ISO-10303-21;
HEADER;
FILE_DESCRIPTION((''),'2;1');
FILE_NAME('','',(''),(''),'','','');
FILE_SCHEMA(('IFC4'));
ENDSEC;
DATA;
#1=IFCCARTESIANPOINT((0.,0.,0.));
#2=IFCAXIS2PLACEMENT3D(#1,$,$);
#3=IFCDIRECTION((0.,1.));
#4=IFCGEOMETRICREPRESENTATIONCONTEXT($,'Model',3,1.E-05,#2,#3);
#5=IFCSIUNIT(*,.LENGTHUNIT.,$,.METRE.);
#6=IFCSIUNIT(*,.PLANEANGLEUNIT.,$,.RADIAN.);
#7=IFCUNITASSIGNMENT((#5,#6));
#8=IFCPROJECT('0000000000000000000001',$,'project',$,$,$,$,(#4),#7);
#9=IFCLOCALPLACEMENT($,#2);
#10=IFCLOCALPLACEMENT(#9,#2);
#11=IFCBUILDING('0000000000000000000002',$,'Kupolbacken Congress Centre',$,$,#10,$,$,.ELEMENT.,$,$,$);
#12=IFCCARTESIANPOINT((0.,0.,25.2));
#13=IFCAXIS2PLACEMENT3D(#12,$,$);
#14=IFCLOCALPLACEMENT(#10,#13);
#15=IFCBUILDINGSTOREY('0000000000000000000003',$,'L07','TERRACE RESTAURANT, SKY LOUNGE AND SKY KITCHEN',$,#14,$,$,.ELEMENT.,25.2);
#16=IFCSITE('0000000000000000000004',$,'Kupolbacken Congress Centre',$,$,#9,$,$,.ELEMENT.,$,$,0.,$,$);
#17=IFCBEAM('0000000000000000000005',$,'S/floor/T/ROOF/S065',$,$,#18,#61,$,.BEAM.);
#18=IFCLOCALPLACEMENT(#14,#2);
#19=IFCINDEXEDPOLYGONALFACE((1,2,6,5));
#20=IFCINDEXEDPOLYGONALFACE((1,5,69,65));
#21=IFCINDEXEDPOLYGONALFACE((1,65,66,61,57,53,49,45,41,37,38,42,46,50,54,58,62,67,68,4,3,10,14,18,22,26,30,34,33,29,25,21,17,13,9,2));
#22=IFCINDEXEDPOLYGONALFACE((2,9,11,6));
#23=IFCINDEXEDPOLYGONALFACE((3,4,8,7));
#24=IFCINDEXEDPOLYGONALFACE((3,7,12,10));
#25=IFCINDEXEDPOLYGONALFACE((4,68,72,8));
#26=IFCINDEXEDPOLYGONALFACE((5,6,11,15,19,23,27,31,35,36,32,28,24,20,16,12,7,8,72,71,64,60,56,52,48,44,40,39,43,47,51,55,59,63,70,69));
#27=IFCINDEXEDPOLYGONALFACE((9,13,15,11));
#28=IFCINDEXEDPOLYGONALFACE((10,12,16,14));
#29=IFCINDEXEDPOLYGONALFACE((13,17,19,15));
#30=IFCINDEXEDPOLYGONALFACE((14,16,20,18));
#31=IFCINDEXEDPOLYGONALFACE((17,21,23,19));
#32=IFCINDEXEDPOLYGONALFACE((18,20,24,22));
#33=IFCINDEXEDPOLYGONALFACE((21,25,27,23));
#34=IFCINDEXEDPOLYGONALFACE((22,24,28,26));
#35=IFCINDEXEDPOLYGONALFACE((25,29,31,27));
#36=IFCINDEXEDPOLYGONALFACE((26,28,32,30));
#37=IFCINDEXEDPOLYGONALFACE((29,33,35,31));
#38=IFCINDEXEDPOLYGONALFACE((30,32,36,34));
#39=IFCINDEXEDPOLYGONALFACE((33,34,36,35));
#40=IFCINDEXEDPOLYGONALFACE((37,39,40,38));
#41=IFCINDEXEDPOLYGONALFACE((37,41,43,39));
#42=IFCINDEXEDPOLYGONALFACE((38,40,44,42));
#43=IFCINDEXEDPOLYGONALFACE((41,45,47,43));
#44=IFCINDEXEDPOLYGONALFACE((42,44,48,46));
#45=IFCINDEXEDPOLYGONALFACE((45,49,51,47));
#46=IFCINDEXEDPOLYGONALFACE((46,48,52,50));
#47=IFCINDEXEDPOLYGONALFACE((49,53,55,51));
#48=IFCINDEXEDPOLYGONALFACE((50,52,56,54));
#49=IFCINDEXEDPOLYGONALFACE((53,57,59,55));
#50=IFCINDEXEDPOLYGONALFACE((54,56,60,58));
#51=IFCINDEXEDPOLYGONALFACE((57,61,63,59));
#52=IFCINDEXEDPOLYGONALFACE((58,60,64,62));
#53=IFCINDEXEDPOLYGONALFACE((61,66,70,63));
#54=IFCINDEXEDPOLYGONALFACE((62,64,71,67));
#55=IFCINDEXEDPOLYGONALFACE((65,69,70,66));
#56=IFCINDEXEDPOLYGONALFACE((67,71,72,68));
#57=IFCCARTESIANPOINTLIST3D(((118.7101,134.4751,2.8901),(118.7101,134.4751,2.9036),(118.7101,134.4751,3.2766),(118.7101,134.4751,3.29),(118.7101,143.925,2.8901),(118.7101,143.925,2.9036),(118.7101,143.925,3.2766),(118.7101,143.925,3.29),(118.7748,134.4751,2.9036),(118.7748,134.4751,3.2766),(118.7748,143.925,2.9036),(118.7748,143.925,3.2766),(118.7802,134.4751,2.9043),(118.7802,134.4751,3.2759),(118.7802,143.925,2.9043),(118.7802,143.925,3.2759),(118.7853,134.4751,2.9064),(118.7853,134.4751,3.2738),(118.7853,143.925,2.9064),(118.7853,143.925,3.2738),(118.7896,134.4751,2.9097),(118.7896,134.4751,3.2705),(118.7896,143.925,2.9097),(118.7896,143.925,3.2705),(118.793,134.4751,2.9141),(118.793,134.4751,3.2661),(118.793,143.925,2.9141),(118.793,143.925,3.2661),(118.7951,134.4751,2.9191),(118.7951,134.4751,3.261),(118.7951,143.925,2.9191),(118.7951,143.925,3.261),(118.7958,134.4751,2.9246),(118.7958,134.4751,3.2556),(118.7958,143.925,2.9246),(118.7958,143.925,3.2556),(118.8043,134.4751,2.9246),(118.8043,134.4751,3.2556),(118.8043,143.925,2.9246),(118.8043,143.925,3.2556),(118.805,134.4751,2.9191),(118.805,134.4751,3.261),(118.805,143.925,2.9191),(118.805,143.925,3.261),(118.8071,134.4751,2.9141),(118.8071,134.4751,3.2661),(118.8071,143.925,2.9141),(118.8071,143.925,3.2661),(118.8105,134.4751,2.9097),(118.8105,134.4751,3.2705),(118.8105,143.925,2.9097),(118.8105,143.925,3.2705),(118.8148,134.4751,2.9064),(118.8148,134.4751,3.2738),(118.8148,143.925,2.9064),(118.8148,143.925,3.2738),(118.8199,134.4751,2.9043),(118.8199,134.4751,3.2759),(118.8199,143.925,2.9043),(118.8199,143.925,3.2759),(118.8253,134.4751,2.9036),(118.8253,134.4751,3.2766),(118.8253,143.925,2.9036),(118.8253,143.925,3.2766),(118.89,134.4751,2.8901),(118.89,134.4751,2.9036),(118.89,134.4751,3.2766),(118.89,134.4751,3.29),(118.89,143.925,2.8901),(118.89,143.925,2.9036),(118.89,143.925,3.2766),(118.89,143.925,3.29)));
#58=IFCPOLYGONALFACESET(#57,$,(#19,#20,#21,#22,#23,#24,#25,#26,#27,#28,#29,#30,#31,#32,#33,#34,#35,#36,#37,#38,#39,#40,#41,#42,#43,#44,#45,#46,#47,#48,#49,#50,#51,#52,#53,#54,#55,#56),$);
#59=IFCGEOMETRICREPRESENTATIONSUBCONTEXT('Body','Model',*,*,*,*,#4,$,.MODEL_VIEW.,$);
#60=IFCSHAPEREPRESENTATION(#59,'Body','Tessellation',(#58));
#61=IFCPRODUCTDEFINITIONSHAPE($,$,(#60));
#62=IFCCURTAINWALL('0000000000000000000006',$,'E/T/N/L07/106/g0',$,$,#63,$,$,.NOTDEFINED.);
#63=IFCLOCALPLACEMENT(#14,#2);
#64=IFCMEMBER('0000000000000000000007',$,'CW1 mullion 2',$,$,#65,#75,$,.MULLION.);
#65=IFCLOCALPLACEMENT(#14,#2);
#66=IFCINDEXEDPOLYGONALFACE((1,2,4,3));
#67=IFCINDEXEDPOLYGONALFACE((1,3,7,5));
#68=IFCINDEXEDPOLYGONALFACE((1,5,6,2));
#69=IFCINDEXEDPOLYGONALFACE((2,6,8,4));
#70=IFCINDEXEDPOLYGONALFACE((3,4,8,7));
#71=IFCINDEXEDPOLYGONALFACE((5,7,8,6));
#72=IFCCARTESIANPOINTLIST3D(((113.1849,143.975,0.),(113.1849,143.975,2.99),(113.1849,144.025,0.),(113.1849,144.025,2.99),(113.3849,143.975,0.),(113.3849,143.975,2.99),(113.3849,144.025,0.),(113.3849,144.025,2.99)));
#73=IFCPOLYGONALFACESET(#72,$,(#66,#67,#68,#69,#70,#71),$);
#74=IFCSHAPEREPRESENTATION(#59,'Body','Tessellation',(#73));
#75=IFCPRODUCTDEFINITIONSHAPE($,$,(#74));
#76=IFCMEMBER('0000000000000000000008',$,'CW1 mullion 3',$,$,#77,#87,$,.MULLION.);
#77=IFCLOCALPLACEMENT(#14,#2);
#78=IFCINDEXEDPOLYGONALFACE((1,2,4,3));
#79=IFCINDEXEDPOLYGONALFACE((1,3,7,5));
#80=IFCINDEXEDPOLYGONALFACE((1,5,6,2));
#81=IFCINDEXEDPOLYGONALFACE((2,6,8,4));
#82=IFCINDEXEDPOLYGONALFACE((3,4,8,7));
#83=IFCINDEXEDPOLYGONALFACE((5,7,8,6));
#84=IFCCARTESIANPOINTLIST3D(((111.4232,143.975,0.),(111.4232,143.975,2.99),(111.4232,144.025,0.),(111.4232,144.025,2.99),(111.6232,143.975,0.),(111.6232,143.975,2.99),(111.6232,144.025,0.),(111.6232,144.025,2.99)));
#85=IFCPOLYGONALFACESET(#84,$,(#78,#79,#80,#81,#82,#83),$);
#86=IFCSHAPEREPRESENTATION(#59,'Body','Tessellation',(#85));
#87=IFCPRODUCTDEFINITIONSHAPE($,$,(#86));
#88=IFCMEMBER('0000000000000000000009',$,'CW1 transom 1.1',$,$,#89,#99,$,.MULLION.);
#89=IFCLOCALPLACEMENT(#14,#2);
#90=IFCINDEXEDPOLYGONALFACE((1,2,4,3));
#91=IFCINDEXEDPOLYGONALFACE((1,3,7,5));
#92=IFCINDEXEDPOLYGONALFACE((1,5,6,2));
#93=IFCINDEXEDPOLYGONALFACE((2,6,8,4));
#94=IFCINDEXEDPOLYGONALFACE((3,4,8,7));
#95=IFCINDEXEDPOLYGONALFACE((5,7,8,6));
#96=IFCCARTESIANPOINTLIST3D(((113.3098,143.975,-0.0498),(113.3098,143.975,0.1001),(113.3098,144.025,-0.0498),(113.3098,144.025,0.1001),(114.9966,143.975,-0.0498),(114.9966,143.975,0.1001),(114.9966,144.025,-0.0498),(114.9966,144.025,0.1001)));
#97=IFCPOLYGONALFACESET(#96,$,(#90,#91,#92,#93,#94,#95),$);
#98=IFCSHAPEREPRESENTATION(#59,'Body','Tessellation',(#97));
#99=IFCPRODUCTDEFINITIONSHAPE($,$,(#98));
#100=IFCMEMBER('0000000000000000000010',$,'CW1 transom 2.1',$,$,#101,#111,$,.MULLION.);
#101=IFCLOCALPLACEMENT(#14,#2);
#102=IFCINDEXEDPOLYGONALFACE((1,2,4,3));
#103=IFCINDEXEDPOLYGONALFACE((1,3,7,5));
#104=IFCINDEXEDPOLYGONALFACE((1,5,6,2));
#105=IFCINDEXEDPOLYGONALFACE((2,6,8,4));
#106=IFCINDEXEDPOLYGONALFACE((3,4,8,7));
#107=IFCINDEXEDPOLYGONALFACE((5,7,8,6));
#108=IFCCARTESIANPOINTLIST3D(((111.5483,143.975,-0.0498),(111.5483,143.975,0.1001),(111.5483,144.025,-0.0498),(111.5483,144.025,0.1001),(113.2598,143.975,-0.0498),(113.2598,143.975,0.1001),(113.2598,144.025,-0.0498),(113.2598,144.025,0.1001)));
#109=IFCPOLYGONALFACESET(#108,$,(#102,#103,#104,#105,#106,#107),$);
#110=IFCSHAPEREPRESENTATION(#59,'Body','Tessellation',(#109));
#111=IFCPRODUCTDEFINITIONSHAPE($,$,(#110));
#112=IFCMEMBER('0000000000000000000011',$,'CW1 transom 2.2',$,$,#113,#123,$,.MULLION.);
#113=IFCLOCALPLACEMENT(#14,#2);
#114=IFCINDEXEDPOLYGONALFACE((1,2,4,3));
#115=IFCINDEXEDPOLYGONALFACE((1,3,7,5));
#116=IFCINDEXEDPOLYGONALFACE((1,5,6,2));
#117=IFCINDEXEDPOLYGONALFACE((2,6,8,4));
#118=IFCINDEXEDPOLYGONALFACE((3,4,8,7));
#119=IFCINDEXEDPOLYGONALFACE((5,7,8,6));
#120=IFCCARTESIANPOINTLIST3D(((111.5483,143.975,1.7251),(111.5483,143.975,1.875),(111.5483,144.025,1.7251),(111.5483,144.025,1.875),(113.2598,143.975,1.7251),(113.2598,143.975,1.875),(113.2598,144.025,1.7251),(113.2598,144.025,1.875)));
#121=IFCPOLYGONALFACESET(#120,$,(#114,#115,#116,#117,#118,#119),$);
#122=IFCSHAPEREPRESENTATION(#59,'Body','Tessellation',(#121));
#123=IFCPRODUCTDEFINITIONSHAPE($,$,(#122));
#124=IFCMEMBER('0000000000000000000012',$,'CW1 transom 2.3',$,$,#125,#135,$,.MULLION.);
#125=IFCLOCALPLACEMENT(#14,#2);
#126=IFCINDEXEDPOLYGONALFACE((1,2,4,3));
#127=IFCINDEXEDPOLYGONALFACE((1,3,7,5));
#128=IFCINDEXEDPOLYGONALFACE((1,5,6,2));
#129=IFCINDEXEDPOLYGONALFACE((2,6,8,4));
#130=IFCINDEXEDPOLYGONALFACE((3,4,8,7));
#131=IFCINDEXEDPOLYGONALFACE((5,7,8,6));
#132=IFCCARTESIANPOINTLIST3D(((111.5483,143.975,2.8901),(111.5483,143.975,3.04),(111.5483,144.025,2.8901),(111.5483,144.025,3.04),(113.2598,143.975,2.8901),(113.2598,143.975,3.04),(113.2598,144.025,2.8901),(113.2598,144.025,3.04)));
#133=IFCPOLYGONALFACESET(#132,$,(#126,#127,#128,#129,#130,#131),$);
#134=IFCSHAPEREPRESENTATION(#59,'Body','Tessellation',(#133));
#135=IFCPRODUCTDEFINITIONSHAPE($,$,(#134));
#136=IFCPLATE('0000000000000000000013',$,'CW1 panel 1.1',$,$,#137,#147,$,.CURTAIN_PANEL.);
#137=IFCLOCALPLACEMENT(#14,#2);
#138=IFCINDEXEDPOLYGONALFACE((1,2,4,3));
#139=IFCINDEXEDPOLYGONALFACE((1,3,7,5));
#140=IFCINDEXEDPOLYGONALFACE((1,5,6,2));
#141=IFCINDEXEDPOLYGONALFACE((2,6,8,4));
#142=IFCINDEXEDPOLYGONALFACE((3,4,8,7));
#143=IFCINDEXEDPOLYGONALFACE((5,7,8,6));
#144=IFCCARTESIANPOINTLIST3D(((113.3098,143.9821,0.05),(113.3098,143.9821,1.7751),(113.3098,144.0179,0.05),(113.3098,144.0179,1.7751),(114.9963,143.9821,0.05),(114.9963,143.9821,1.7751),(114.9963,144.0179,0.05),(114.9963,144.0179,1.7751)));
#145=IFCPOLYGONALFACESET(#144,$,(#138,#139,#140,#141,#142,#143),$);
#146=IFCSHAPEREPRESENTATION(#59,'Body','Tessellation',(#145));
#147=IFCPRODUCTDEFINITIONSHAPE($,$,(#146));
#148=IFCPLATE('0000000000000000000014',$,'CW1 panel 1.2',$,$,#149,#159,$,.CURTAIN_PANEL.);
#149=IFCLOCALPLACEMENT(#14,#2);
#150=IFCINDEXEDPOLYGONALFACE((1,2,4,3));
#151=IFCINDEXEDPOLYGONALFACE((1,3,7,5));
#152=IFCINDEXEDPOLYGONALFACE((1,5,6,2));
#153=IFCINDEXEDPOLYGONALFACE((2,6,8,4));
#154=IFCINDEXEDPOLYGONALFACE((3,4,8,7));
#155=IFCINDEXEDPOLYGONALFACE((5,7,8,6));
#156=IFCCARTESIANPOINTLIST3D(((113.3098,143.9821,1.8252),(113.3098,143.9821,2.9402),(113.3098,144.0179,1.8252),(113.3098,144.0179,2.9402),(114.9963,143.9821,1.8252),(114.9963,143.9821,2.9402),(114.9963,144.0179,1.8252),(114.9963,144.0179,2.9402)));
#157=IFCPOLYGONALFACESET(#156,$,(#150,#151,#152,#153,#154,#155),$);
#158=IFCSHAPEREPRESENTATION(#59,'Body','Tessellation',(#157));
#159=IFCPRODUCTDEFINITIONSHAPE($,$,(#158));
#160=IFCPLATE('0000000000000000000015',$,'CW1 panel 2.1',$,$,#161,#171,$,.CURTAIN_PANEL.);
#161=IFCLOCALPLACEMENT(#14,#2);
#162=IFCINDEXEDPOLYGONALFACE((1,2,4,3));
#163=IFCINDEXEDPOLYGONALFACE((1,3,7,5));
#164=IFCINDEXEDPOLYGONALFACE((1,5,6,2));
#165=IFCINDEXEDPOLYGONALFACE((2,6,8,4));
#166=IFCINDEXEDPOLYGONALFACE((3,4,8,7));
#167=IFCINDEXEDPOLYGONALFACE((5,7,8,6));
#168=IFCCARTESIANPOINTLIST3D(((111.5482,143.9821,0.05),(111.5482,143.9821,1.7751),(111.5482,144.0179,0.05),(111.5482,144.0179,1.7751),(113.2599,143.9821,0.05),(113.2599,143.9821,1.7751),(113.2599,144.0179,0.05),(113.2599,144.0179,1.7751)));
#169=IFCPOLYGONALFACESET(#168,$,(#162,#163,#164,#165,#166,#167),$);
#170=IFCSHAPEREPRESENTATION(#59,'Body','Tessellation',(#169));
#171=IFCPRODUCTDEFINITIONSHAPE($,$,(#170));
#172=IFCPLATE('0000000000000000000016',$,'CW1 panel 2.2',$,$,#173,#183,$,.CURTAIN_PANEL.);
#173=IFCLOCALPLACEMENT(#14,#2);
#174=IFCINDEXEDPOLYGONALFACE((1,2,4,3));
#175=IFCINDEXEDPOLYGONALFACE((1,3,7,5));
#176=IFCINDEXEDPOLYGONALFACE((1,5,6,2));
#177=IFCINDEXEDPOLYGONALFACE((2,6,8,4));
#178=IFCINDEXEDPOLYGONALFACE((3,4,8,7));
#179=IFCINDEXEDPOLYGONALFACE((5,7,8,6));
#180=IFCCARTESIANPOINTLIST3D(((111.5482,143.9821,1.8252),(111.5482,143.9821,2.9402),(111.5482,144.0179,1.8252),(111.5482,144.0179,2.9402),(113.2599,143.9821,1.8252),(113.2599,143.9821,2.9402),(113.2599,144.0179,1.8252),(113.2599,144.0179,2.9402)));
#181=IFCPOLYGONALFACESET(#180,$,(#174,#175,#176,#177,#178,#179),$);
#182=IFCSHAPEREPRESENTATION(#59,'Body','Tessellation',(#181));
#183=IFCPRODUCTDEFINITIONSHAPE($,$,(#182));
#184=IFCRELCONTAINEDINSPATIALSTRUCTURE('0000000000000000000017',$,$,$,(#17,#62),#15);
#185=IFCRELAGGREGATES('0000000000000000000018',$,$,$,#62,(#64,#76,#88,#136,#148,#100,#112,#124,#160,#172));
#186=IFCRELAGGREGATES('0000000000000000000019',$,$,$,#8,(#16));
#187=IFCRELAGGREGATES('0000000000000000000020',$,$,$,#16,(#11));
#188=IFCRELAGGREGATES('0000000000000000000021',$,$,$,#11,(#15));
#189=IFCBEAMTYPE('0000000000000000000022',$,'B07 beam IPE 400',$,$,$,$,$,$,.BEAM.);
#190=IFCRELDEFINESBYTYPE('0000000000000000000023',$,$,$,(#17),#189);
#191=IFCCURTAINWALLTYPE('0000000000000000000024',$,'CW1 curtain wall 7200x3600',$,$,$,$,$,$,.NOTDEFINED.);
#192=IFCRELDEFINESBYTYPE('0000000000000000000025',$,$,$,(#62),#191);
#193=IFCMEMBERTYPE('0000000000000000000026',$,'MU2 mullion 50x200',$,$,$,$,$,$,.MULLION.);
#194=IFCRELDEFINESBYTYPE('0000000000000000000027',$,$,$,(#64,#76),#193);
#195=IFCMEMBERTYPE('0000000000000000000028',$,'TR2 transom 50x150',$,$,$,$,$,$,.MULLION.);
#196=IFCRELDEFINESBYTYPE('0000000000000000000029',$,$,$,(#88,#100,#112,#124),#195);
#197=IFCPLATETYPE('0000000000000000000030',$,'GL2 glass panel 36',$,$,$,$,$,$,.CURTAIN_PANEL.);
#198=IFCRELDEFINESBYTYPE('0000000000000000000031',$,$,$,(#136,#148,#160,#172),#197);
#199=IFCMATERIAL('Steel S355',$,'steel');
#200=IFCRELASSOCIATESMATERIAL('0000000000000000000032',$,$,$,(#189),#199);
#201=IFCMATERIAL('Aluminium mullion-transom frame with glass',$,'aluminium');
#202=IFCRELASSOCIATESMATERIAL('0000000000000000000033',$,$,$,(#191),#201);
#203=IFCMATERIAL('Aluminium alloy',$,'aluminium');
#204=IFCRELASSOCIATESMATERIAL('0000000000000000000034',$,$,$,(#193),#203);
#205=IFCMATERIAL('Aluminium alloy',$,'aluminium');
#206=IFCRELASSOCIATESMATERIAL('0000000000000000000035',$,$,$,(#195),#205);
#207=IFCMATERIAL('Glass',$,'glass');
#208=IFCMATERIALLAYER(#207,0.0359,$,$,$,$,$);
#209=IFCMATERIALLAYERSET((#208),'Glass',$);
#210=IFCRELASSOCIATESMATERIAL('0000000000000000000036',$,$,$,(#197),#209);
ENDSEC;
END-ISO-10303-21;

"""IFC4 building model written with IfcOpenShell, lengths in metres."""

from ifc_helpers import new_model, si_unit, direction, frame, origin, origin_2d, place, context, subcontext, project, spatial, rectangle, i_section, extrude, material, layer, layer_set, material_profile, profile_set, type_object, element, aggregate, save


model = new_model("IFC4")

# Units and contexts
model_context = context("Model", 3, precision=1e-05, world=origin(), true_north=direction((0.0, 1.0)))
body_context = subcontext(model_context, "Body", "Model", "MODEL_VIEW")
ifc_project = project(units=[si_unit("LENGTHUNIT", "METRE"), si_unit("PLANEANGLEUNIT", "RADIAN")], contexts=[model_context])

# Site, building, storey
site_placement = place(None, origin())
site = spatial("IfcSite", under=ifc_project, at=site_placement, Name="Kupolbacken Congress Centre", CompositionType="ELEMENT", RefElevation=0.0)
building_placement = place(site_placement, origin())
building = spatial("IfcBuilding", under=site, at=building_placement, Name="Kupolbacken Congress Centre", CompositionType="ELEMENT")
storey_placement = place(building_placement, frame((0.0, 0.0, 25.2)))
storey = spatial("IfcBuildingStorey", under=building, at=storey_placement, Name="L07", Description="TERRACE RESTAURANT, SKY LOUNGE AND SKY KITCHEN", CompositionType="ELEMENT", Elevation=25.2)

# Beam
ifc_material_1 = material(Name="Steel S355", Category="steel")
ifc_material_profile_1 = material_profile(ifc_material_1, i_section(OverallWidth=0.1799, OverallDepth=0.3999, WebThickness=0.0085, FlangeThickness=0.0134, FilletRadius=0.021, at=origin_2d()), Name="IPE 400")
ifc_profile_set_1 = profile_set([ifc_material_profile_1], Name="Steel S355")
beam_type_1 = type_object("IfcBeamType", Name="B07 beam IPE 400", PredefinedType="BEAM", material=ifc_profile_set_1)
beam_1_placement = place(storey_placement, frame((118.8, 134.4751, 3.0901), z_axis=(0.0, 1.0, 0.0), x_axis=(-1.0, 0.0, 0.0)))
element("IfcBeam", 1, at=beam_1_placement, inside=storey, type_object=beam_type_1, Name="S/floor/T/ROOF/S065", PredefinedType="BEAM", context=body_context, shape_type="SweptSolid", body=[
    extrude(i_section(OverallWidth=0.1799, OverallDepth=0.3999, WebThickness=0.0085, FlangeThickness=0.0134, FilletRadius=0.021, at=origin_2d()), origin(), (0.0, 0.0, 1.0), 9.45),
])

# Curtain wall, members, plates
ifc_material_2 = material(Name="Aluminium mullion-transom frame with glass", Category="aluminium")
curtain_wall_type = type_object("IfcCurtainWallType", Name="CW1 curtain wall 7200x3600", PredefinedType="NOTDEFINED", material=ifc_material_2)
curtain_wall_placement = place(storey_placement, origin())
curtain_wall = element("IfcCurtainWall", 2, at=curtain_wall_placement, inside=storey, type_object=curtain_wall_type, Name="E/T/N/L07/106/g0", PredefinedType="NOTDEFINED")
ifc_material_3 = material(Name="Aluminium alloy", Category="aluminium")
ifc_material_profile_2 = material_profile(ifc_material_3, rectangle(XDim=0.05, YDim=0.2, at=origin_2d()), Name="50 x 200")
ifc_profile_set_2 = profile_set([ifc_material_profile_2], Name="Aluminium alloy")
member_type_1 = type_object("IfcMemberType", Name="MU2 mullion 50x200", PredefinedType="MULLION", material=ifc_profile_set_2)
member_1_placement = place(storey_placement, frame((113.2849, 144.0, 0.0), z_axis=(0.0, 0.0, 1.0), x_axis=(0.0, -1.0, 0.0)))
member_1 = element("IfcMember", 3, at=member_1_placement, type_object=member_type_1, Name="CW1 mullion 2", PredefinedType="MULLION", context=body_context, shape_type="SweptSolid", body=[
    extrude(rectangle(XDim=0.05, YDim=0.2, at=origin_2d()), origin(), (0.0, 0.0, 1.0), 2.99),
])
member_2_placement = place(storey_placement, frame((111.5232, 144.0, 0.0), z_axis=(0.0, 0.0, 1.0), x_axis=(0.0, -1.0, 0.0)))
member_2 = element("IfcMember", 4, at=member_2_placement, type_object=member_type_1, Name="CW1 mullion 3", PredefinedType="MULLION", context=body_context, shape_type="SweptSolid", body=[
    extrude(rectangle(XDim=0.05, YDim=0.2, at=origin_2d()), origin(), (0.0, 0.0, 1.0), 2.99),
])
ifc_material_4 = material(Name="Aluminium alloy", Category="aluminium")
ifc_material_profile_3 = material_profile(ifc_material_4, rectangle(XDim=0.05, YDim=0.1499, at=origin_2d()), Name="50 x 150")
ifc_profile_set_3 = profile_set([ifc_material_profile_3], Name="Aluminium alloy")
member_type_2 = type_object("IfcMemberType", Name="TR2 transom 50x150", PredefinedType="MULLION", material=ifc_profile_set_3)
member_3_placement = place(storey_placement, frame((114.9966, 144.0, 0.0251), z_axis=(-1.0, 0.0, 0.0), x_axis=(0.0, -1.0, 0.0)))
member_3 = element("IfcMember", 5, at=member_3_placement, type_object=member_type_2, Name="CW1 transom 1.1", PredefinedType="MULLION", context=body_context, shape_type="SweptSolid", body=[
    extrude(rectangle(XDim=0.05, YDim=0.1499, at=origin_2d()), origin(), (0.0, 0.0, 1.0), 1.6868),
])
member_4_placement = place(storey_placement, frame((113.2598, 144.0, 0.0251), z_axis=(-1.0, 0.0, 0.0), x_axis=(0.0, -1.0, 0.0)))
member_4 = element("IfcMember", 6, at=member_4_placement, type_object=member_type_2, Name="CW1 transom 2.1", PredefinedType="MULLION", context=body_context, shape_type="SweptSolid", body=[
    extrude(rectangle(XDim=0.05, YDim=0.1499, at=origin_2d()), origin(), (0.0, 0.0, 1.0), 1.7114),
])
member_5_placement = place(storey_placement, frame((113.2598, 144.0, 1.8), z_axis=(-1.0, 0.0, 0.0), x_axis=(0.0, -1.0, 0.0)))
member_5 = element("IfcMember", 7, at=member_5_placement, type_object=member_type_2, Name="CW1 transom 2.2", PredefinedType="MULLION", context=body_context, shape_type="SweptSolid", body=[
    extrude(rectangle(XDim=0.05, YDim=0.1499, at=origin_2d()), origin(), (0.0, 0.0, 1.0), 1.7114),
])
member_6_placement = place(storey_placement, frame((113.2598, 144.0, 2.9651), z_axis=(-1.0, 0.0, 0.0), x_axis=(0.0, -1.0, 0.0)))
member_6 = element("IfcMember", 8, at=member_6_placement, type_object=member_type_2, Name="CW1 transom 2.3", PredefinedType="MULLION", context=body_context, shape_type="SweptSolid", body=[
    extrude(rectangle(XDim=0.05, YDim=0.1499, at=origin_2d()), origin(), (0.0, 0.0, 1.0), 1.7114),
])
ifc_material_5 = material(Name="Glass", Category="glass")
ifc_layer_1 = layer(ifc_material_5, 0.0359)
ifc_layer_set_1 = layer_set([ifc_layer_1], Name="Glass")
plate_type = type_object("IfcPlateType", Name="GL2 glass panel 36", PredefinedType="CURTAIN_PANEL", material=ifc_layer_set_1)
plate_1_placement = place(storey_placement, frame((114.1531, 144.0, 0.05), z_axis=(0.0, 0.0, 1.0), x_axis=(-1.0, 0.0, 0.0)))
plate_1 = element("IfcPlate", 9, at=plate_1_placement, type_object=plate_type, Name="CW1 panel 1.1", PredefinedType="CURTAIN_PANEL", context=body_context, shape_type="SweptSolid", body=[
    extrude(rectangle(XDim=1.6865, YDim=0.0359, at=origin_2d()), origin(), (0.0, 0.0, 1.0), 1.7251),
])
plate_2_placement = place(storey_placement, frame((114.1531, 144.0, 1.8252), z_axis=(0.0, 0.0, 1.0), x_axis=(-1.0, 0.0, 0.0)))
plate_2 = element("IfcPlate", 10, at=plate_2_placement, type_object=plate_type, Name="CW1 panel 1.2", PredefinedType="CURTAIN_PANEL", context=body_context, shape_type="SweptSolid", body=[
    extrude(rectangle(XDim=1.6865, YDim=0.0359, at=origin_2d()), origin(), (0.0, 0.0, 1.0), 1.115),
])
plate_3_placement = place(storey_placement, frame((112.4041, 144.0, 0.05), z_axis=(0.0, 0.0, 1.0), x_axis=(-1.0, 0.0, 0.0)))
plate_3 = element("IfcPlate", 11, at=plate_3_placement, type_object=plate_type, Name="CW1 panel 2.1", PredefinedType="CURTAIN_PANEL", context=body_context, shape_type="SweptSolid", body=[
    extrude(rectangle(XDim=1.7117, YDim=0.0359, at=origin_2d()), origin(), (0.0, 0.0, 1.0), 1.7251),
])
plate_4_placement = place(storey_placement, frame((112.4041, 144.0, 1.8252), z_axis=(0.0, 0.0, 1.0), x_axis=(-1.0, 0.0, 0.0)))
plate_4 = element("IfcPlate", 12, at=plate_4_placement, type_object=plate_type, Name="CW1 panel 2.2", PredefinedType="CURTAIN_PANEL", context=body_context, shape_type="SweptSolid", body=[
    extrude(rectangle(XDim=1.7117, YDim=0.0359, at=origin_2d()), origin(), (0.0, 0.0, 1.0), 1.115),
])
aggregate(curtain_wall, [member_1, member_2, member_3, plate_1, plate_2, member_4, member_5, member_6, plate_3, plate_4])

save(model, "model.ifc")
